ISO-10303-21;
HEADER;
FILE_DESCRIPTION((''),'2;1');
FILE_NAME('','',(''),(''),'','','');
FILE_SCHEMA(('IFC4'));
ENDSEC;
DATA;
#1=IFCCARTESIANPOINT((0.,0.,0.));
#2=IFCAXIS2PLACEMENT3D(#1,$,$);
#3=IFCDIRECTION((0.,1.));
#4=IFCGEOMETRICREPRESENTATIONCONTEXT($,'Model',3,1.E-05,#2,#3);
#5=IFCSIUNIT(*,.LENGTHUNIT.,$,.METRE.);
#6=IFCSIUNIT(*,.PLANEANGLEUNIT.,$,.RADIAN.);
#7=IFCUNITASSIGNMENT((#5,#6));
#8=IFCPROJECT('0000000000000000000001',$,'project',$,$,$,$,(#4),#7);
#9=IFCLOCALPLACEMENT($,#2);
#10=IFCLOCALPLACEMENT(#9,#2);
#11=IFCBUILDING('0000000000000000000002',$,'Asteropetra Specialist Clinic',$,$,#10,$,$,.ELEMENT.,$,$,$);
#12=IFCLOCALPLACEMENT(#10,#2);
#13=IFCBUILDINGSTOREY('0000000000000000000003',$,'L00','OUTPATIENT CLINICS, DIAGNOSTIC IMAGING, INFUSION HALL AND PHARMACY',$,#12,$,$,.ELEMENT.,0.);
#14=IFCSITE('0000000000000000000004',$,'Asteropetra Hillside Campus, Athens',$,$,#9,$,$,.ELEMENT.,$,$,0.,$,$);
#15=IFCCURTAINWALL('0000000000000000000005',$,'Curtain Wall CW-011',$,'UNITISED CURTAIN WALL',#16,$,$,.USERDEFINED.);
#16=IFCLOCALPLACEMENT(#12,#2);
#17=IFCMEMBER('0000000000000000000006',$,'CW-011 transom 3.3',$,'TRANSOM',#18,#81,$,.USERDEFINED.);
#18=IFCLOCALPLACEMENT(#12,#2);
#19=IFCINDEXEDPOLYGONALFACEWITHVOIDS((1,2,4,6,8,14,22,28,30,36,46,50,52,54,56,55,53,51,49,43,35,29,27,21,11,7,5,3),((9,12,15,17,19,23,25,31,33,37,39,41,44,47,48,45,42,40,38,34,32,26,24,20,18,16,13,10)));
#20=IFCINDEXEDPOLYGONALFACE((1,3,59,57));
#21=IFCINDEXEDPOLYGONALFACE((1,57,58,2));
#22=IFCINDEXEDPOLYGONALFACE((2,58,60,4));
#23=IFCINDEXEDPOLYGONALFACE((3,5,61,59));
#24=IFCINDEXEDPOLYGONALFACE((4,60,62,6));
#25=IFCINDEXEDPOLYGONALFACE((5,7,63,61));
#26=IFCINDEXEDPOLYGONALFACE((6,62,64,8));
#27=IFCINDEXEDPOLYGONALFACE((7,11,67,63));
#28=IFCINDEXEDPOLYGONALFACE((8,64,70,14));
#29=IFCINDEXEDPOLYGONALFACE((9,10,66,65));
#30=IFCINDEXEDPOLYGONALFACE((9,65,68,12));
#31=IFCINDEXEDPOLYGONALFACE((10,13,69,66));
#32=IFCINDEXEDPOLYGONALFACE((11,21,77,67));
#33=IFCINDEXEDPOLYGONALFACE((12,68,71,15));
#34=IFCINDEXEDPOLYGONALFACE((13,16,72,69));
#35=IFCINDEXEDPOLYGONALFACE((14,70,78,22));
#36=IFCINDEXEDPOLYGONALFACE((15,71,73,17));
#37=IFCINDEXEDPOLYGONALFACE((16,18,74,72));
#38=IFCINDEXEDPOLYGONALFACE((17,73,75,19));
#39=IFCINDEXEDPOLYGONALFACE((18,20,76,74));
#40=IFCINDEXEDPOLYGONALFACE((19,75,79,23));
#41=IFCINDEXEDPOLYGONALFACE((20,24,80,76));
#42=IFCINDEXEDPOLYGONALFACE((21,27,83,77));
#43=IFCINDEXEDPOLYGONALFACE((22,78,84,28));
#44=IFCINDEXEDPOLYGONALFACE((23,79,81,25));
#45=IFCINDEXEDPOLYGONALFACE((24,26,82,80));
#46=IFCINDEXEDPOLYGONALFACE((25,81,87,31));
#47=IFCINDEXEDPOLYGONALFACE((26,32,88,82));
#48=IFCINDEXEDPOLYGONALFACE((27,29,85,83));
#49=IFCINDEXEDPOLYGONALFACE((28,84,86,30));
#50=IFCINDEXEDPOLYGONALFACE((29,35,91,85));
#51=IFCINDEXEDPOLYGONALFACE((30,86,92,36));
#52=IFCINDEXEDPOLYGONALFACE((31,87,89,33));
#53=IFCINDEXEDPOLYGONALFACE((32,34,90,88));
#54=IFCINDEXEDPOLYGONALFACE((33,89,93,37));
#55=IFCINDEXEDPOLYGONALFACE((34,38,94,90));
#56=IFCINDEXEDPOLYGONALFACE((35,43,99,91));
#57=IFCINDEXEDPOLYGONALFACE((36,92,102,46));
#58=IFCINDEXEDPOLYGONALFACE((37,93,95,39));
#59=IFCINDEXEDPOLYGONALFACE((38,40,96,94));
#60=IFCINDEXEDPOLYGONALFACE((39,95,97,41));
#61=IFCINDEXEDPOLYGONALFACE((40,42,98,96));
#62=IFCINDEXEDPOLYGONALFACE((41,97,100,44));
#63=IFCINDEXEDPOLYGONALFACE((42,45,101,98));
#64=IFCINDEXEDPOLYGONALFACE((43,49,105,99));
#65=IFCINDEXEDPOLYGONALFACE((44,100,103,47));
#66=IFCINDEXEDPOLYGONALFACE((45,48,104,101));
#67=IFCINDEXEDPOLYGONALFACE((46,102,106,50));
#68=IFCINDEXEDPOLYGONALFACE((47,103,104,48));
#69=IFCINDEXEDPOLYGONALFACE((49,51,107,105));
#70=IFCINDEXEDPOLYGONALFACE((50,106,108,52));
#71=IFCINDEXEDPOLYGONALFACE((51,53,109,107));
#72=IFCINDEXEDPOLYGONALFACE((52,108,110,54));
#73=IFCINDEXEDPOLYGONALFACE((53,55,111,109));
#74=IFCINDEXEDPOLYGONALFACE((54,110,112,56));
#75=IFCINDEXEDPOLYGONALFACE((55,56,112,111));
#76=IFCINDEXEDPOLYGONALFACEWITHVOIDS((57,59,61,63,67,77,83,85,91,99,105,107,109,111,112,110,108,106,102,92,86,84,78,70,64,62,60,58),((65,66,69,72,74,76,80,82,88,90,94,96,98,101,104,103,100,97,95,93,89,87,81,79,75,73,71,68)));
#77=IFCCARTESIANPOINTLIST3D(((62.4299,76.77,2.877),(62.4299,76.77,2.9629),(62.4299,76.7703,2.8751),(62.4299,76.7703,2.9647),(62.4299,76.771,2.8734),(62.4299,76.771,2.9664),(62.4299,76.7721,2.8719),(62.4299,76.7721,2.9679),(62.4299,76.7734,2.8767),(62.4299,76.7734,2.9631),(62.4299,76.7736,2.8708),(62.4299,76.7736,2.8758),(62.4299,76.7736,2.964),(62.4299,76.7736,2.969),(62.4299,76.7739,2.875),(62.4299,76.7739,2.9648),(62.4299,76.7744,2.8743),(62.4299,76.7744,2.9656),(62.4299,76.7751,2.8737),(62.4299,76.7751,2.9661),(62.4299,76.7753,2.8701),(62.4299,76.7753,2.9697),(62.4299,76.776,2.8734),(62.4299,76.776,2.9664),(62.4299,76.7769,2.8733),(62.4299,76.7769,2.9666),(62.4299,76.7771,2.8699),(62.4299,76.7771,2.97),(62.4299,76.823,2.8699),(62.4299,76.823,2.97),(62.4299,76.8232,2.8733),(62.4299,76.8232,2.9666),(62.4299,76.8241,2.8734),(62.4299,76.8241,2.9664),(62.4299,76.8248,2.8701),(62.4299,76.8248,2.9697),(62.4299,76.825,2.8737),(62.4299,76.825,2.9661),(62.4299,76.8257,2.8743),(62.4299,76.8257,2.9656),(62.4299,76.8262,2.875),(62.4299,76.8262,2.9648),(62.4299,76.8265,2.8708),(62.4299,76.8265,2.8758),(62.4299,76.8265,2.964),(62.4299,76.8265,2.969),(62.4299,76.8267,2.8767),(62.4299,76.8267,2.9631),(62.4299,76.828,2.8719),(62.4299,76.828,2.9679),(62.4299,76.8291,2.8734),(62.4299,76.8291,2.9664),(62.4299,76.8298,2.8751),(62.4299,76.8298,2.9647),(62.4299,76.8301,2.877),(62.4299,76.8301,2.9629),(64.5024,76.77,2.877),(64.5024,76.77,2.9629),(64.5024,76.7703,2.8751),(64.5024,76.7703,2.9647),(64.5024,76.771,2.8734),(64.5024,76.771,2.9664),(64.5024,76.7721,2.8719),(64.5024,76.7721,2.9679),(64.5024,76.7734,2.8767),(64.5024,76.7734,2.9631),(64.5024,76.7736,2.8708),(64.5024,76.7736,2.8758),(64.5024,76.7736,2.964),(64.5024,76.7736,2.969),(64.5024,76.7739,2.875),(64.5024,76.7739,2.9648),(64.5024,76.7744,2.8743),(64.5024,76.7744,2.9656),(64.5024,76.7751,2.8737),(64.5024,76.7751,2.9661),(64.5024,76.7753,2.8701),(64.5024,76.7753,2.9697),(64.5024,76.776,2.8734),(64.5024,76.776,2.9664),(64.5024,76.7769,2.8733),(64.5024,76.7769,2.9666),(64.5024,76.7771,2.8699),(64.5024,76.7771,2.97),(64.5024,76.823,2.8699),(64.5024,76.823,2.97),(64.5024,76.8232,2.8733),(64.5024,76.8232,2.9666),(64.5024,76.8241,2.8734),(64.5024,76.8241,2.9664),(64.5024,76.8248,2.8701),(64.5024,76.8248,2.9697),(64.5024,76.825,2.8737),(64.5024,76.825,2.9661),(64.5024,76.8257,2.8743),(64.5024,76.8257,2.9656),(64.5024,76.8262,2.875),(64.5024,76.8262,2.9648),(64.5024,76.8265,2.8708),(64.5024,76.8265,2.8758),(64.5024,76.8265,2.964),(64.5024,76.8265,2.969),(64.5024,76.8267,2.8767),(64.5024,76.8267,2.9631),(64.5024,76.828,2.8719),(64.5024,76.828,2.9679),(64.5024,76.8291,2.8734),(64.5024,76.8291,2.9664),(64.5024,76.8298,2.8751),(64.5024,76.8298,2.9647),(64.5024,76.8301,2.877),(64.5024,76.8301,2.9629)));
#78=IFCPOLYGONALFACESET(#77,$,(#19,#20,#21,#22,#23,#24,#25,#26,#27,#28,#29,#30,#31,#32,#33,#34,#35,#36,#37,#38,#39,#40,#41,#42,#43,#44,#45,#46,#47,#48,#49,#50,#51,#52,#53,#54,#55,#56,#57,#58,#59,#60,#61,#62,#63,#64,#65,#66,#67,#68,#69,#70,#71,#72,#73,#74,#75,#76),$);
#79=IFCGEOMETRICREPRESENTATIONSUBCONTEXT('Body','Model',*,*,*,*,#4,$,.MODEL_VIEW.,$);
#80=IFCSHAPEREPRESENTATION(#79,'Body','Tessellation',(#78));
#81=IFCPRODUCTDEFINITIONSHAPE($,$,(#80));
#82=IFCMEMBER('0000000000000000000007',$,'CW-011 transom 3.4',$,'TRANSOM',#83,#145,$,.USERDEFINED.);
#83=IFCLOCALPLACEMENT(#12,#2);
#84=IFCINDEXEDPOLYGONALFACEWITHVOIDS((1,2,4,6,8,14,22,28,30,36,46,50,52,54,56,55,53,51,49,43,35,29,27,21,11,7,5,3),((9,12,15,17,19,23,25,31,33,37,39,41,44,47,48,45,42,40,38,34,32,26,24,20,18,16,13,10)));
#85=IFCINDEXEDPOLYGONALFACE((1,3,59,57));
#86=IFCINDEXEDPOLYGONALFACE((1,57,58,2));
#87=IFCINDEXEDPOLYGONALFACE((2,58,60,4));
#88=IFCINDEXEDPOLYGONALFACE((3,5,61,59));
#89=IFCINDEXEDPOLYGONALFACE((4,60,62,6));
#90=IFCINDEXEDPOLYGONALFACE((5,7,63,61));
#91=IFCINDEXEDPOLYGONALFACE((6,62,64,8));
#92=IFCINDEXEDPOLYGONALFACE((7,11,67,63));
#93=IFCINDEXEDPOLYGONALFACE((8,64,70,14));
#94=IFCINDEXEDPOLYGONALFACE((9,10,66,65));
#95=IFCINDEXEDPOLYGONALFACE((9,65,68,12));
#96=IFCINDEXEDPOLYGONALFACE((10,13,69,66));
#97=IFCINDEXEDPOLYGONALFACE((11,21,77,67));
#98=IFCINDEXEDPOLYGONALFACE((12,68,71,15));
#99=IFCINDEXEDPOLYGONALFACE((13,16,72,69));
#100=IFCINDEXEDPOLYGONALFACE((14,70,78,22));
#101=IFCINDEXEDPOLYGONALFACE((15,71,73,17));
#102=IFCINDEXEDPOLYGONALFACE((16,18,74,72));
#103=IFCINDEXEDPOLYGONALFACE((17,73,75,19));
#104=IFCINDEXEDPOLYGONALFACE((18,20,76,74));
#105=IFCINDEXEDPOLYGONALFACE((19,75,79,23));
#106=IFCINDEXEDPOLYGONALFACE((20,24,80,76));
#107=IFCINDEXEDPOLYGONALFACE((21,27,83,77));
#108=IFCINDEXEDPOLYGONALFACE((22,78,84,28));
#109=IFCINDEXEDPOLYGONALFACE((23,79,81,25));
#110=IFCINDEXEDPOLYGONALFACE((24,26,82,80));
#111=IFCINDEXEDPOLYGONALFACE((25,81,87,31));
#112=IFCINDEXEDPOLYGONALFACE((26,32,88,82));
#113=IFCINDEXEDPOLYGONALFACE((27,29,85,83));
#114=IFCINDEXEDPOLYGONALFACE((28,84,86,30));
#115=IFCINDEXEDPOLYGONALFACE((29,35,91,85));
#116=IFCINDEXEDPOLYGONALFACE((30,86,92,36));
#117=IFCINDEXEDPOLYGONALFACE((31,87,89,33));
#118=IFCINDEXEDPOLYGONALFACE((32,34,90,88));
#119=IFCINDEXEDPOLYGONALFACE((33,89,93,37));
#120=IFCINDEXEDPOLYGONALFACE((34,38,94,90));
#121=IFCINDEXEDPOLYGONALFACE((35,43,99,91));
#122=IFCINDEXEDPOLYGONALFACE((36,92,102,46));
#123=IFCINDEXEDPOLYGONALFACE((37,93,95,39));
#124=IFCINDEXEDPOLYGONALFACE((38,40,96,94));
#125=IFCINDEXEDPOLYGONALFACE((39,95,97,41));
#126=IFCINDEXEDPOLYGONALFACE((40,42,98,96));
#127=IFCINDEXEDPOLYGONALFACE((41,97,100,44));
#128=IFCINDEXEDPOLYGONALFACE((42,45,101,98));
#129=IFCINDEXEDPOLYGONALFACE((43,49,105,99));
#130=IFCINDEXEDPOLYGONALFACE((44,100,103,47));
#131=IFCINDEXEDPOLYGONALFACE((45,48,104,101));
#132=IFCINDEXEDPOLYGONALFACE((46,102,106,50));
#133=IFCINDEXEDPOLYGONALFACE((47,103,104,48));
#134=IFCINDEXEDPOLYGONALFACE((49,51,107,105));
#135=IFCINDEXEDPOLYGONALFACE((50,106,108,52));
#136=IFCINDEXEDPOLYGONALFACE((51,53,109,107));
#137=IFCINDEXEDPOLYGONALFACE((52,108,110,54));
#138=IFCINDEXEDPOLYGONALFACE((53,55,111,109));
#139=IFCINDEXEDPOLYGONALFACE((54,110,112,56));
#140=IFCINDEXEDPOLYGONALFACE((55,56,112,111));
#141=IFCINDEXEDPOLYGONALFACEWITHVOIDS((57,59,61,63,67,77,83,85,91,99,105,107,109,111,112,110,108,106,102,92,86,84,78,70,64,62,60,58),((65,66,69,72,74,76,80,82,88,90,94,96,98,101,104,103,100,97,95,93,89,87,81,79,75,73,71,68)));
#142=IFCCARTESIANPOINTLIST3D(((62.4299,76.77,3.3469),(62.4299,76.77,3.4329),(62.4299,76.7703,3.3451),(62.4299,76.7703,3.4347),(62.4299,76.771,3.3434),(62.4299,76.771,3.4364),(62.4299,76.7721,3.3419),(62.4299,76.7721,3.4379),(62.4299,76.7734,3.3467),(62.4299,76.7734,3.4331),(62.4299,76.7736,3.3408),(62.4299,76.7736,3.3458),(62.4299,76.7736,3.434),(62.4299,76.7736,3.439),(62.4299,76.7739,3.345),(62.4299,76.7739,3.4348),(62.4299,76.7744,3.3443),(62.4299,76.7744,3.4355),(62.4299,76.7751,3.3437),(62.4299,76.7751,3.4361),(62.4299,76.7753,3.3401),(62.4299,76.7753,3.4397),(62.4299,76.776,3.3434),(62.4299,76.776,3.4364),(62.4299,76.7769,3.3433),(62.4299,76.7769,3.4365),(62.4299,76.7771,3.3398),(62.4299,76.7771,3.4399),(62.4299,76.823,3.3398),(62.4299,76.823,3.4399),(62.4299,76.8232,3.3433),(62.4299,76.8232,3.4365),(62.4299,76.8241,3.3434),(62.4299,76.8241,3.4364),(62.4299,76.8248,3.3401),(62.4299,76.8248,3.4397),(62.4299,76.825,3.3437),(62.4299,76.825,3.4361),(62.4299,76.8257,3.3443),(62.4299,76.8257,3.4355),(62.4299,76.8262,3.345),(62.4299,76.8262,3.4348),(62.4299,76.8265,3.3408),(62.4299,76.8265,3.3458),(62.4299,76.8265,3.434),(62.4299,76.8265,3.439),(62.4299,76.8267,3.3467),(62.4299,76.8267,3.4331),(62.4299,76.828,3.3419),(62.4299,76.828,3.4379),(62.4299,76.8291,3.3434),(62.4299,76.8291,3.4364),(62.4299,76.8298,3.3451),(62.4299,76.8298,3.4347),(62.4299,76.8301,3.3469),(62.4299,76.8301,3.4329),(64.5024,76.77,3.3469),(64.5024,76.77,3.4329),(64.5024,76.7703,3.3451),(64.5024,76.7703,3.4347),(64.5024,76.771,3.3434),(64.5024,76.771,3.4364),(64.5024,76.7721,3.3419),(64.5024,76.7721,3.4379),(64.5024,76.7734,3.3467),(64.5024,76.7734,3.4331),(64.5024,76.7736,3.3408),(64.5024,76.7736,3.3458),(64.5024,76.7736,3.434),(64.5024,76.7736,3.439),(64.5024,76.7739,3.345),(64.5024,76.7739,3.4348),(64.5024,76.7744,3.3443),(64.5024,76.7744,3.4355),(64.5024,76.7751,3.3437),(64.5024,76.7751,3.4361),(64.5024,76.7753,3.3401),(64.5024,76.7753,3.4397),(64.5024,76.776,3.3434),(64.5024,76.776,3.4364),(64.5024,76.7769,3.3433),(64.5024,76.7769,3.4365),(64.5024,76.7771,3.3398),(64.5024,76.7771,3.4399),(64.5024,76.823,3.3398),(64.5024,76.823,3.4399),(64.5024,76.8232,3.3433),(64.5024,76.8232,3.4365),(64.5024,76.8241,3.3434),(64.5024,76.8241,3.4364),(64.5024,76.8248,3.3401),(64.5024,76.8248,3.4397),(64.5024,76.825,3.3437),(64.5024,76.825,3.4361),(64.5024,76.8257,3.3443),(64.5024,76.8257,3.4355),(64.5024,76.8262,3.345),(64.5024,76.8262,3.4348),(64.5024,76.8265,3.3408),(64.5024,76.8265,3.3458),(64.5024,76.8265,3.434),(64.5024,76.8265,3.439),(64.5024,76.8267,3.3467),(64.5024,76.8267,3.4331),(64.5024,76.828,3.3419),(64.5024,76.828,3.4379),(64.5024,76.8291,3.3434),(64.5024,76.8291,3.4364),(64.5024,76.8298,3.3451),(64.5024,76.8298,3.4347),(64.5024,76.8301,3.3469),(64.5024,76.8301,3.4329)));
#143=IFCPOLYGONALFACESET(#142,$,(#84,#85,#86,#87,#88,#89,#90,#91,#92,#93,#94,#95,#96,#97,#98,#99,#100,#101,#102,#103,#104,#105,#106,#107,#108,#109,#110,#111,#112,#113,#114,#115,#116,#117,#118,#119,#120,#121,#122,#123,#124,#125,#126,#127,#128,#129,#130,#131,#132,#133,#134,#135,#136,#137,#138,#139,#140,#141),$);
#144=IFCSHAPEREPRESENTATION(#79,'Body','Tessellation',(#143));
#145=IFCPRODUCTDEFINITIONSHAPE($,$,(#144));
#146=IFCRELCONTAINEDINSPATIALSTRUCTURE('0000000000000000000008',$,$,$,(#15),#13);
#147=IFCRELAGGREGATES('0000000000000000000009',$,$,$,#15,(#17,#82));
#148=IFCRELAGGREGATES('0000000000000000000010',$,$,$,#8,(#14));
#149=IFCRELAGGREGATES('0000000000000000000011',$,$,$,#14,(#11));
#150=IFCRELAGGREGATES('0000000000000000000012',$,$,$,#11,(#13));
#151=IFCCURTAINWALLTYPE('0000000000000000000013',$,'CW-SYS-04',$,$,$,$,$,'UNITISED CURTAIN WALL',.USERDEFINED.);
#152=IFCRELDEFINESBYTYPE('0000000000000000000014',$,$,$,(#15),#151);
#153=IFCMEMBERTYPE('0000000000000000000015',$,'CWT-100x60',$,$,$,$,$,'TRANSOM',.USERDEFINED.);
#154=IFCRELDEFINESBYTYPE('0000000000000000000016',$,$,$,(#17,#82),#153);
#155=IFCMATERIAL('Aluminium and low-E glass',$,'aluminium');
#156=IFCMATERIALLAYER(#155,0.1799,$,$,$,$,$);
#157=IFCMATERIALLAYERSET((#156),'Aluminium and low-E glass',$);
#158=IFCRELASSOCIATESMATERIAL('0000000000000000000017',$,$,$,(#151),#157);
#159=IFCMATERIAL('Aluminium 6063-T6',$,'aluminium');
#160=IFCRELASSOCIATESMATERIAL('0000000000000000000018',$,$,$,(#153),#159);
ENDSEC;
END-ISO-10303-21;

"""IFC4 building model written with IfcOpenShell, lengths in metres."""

from ifc_helpers import new_model, si_unit, direction, frame, origin, origin_2d, place, context, subcontext, project, spatial, hollow_rectangle, extrude, material, layer, layer_set, material_profile, profile_set, type_object, element, aggregate, save


model = new_model("IFC4")

# Units and contexts
model_context = context("Model", 3, precision=1e-05, world=origin(), true_north=direction((0.0, 1.0)))
body_context = subcontext(model_context, "Body", "Model", "MODEL_VIEW")
ifc_project = project(units=[si_unit("LENGTHUNIT", "METRE"), si_unit("PLANEANGLEUNIT", "RADIAN")], contexts=[model_context])

# Site, building, storey
site_placement = place(None, origin())
site = spatial("IfcSite", under=ifc_project, at=site_placement, Name="Asteropetra Hillside Campus, Athens", CompositionType="ELEMENT", RefElevation=0.0)
building_placement = place(site_placement, origin())
building = spatial("IfcBuilding", under=site, at=building_placement, Name="Asteropetra Specialist Clinic", CompositionType="ELEMENT")
storey_placement = place(building_placement, origin())
storey = spatial("IfcBuildingStorey", under=building, at=storey_placement, Name="L00", Description="OUTPATIENT CLINICS, DIAGNOSTIC IMAGING, INFUSION HALL AND PHARMACY", CompositionType="ELEMENT", Elevation=0.0)

# Curtain wall, members
ifc_material_1 = material(Name="Aluminium and low-E glass", Category="aluminium")
ifc_layer_1 = layer(ifc_material_1, 0.1799)
ifc_layer_set_1 = layer_set([ifc_layer_1], Name="Aluminium and low-E glass")
curtain_wall_type_1 = type_object("IfcCurtainWallType", Name="CW-SYS-04", ElementType="UNITISED CURTAIN WALL", PredefinedType="USERDEFINED", material=ifc_layer_set_1)
curtain_wall_1_placement = place(storey_placement, origin())
curtain_wall_1 = element("IfcCurtainWall", 1, at=curtain_wall_1_placement, inside=storey, type_object=curtain_wall_type_1, Name="Curtain Wall CW-011", ObjectType="UNITISED CURTAIN WALL", PredefinedType="USERDEFINED")
ifc_material_2 = material(Name="Aluminium 6063-T6", Category="aluminium")
ifc_material_profile_1 = material_profile(ifc_material_2, hollow_rectangle(XDim=0.0601, YDim=0.1001, WallThickness=0.0034, InnerFilletRadius=0.0034, OuterFilletRadius=0.0071, at=origin_2d()), Name="TRN 100x60x3.5")
ifc_profile_set_1 = profile_set([ifc_material_profile_1], Name="Aluminium 6063-T6")
member_type_1 = type_object("IfcMemberType", Name="CWT-100x60", ElementType="TRANSOM", PredefinedType="USERDEFINED", material=ifc_profile_set_1)
member_1_placement = place(storey_placement, frame((62.4299, 76.8, 2.9199), z_axis=(1.0, 0.0, 0.0), x_axis=(0.0, 1.0, 0.0)))
member_1 = element("IfcMember", 2, at=member_1_placement, type_object=member_type_1, Name="CW-011 transom 3.3", ObjectType="TRANSOM", PredefinedType="USERDEFINED", context=body_context, shape_type="SweptSolid", body=[
    extrude(hollow_rectangle(XDim=0.0601, YDim=0.1001, WallThickness=0.0034, InnerFilletRadius=0.0034, OuterFilletRadius=0.0071, at=origin_2d()), origin(), (0.0, 0.0, 1.0), 2.0725),
])
member_2_placement = place(storey_placement, frame((62.4299, 76.8, 3.3899), z_axis=(1.0, 0.0, 0.0), x_axis=(0.0, 1.0, 0.0)))
member_2 = element("IfcMember", 3, at=member_2_placement, type_object=member_type_1, Name="CW-011 transom 3.4", ObjectType="TRANSOM", PredefinedType="USERDEFINED", context=body_context, shape_type="SweptSolid", body=[
    extrude(hollow_rectangle(XDim=0.0601, YDim=0.1001, WallThickness=0.0034, InnerFilletRadius=0.0034, OuterFilletRadius=0.0071, at=origin_2d()), origin(), (0.0, 0.0, 1.0), 2.0725),
])

aggregate(curtain_wall_1, [member_1, member_2])

save(model, "model.ifc")
